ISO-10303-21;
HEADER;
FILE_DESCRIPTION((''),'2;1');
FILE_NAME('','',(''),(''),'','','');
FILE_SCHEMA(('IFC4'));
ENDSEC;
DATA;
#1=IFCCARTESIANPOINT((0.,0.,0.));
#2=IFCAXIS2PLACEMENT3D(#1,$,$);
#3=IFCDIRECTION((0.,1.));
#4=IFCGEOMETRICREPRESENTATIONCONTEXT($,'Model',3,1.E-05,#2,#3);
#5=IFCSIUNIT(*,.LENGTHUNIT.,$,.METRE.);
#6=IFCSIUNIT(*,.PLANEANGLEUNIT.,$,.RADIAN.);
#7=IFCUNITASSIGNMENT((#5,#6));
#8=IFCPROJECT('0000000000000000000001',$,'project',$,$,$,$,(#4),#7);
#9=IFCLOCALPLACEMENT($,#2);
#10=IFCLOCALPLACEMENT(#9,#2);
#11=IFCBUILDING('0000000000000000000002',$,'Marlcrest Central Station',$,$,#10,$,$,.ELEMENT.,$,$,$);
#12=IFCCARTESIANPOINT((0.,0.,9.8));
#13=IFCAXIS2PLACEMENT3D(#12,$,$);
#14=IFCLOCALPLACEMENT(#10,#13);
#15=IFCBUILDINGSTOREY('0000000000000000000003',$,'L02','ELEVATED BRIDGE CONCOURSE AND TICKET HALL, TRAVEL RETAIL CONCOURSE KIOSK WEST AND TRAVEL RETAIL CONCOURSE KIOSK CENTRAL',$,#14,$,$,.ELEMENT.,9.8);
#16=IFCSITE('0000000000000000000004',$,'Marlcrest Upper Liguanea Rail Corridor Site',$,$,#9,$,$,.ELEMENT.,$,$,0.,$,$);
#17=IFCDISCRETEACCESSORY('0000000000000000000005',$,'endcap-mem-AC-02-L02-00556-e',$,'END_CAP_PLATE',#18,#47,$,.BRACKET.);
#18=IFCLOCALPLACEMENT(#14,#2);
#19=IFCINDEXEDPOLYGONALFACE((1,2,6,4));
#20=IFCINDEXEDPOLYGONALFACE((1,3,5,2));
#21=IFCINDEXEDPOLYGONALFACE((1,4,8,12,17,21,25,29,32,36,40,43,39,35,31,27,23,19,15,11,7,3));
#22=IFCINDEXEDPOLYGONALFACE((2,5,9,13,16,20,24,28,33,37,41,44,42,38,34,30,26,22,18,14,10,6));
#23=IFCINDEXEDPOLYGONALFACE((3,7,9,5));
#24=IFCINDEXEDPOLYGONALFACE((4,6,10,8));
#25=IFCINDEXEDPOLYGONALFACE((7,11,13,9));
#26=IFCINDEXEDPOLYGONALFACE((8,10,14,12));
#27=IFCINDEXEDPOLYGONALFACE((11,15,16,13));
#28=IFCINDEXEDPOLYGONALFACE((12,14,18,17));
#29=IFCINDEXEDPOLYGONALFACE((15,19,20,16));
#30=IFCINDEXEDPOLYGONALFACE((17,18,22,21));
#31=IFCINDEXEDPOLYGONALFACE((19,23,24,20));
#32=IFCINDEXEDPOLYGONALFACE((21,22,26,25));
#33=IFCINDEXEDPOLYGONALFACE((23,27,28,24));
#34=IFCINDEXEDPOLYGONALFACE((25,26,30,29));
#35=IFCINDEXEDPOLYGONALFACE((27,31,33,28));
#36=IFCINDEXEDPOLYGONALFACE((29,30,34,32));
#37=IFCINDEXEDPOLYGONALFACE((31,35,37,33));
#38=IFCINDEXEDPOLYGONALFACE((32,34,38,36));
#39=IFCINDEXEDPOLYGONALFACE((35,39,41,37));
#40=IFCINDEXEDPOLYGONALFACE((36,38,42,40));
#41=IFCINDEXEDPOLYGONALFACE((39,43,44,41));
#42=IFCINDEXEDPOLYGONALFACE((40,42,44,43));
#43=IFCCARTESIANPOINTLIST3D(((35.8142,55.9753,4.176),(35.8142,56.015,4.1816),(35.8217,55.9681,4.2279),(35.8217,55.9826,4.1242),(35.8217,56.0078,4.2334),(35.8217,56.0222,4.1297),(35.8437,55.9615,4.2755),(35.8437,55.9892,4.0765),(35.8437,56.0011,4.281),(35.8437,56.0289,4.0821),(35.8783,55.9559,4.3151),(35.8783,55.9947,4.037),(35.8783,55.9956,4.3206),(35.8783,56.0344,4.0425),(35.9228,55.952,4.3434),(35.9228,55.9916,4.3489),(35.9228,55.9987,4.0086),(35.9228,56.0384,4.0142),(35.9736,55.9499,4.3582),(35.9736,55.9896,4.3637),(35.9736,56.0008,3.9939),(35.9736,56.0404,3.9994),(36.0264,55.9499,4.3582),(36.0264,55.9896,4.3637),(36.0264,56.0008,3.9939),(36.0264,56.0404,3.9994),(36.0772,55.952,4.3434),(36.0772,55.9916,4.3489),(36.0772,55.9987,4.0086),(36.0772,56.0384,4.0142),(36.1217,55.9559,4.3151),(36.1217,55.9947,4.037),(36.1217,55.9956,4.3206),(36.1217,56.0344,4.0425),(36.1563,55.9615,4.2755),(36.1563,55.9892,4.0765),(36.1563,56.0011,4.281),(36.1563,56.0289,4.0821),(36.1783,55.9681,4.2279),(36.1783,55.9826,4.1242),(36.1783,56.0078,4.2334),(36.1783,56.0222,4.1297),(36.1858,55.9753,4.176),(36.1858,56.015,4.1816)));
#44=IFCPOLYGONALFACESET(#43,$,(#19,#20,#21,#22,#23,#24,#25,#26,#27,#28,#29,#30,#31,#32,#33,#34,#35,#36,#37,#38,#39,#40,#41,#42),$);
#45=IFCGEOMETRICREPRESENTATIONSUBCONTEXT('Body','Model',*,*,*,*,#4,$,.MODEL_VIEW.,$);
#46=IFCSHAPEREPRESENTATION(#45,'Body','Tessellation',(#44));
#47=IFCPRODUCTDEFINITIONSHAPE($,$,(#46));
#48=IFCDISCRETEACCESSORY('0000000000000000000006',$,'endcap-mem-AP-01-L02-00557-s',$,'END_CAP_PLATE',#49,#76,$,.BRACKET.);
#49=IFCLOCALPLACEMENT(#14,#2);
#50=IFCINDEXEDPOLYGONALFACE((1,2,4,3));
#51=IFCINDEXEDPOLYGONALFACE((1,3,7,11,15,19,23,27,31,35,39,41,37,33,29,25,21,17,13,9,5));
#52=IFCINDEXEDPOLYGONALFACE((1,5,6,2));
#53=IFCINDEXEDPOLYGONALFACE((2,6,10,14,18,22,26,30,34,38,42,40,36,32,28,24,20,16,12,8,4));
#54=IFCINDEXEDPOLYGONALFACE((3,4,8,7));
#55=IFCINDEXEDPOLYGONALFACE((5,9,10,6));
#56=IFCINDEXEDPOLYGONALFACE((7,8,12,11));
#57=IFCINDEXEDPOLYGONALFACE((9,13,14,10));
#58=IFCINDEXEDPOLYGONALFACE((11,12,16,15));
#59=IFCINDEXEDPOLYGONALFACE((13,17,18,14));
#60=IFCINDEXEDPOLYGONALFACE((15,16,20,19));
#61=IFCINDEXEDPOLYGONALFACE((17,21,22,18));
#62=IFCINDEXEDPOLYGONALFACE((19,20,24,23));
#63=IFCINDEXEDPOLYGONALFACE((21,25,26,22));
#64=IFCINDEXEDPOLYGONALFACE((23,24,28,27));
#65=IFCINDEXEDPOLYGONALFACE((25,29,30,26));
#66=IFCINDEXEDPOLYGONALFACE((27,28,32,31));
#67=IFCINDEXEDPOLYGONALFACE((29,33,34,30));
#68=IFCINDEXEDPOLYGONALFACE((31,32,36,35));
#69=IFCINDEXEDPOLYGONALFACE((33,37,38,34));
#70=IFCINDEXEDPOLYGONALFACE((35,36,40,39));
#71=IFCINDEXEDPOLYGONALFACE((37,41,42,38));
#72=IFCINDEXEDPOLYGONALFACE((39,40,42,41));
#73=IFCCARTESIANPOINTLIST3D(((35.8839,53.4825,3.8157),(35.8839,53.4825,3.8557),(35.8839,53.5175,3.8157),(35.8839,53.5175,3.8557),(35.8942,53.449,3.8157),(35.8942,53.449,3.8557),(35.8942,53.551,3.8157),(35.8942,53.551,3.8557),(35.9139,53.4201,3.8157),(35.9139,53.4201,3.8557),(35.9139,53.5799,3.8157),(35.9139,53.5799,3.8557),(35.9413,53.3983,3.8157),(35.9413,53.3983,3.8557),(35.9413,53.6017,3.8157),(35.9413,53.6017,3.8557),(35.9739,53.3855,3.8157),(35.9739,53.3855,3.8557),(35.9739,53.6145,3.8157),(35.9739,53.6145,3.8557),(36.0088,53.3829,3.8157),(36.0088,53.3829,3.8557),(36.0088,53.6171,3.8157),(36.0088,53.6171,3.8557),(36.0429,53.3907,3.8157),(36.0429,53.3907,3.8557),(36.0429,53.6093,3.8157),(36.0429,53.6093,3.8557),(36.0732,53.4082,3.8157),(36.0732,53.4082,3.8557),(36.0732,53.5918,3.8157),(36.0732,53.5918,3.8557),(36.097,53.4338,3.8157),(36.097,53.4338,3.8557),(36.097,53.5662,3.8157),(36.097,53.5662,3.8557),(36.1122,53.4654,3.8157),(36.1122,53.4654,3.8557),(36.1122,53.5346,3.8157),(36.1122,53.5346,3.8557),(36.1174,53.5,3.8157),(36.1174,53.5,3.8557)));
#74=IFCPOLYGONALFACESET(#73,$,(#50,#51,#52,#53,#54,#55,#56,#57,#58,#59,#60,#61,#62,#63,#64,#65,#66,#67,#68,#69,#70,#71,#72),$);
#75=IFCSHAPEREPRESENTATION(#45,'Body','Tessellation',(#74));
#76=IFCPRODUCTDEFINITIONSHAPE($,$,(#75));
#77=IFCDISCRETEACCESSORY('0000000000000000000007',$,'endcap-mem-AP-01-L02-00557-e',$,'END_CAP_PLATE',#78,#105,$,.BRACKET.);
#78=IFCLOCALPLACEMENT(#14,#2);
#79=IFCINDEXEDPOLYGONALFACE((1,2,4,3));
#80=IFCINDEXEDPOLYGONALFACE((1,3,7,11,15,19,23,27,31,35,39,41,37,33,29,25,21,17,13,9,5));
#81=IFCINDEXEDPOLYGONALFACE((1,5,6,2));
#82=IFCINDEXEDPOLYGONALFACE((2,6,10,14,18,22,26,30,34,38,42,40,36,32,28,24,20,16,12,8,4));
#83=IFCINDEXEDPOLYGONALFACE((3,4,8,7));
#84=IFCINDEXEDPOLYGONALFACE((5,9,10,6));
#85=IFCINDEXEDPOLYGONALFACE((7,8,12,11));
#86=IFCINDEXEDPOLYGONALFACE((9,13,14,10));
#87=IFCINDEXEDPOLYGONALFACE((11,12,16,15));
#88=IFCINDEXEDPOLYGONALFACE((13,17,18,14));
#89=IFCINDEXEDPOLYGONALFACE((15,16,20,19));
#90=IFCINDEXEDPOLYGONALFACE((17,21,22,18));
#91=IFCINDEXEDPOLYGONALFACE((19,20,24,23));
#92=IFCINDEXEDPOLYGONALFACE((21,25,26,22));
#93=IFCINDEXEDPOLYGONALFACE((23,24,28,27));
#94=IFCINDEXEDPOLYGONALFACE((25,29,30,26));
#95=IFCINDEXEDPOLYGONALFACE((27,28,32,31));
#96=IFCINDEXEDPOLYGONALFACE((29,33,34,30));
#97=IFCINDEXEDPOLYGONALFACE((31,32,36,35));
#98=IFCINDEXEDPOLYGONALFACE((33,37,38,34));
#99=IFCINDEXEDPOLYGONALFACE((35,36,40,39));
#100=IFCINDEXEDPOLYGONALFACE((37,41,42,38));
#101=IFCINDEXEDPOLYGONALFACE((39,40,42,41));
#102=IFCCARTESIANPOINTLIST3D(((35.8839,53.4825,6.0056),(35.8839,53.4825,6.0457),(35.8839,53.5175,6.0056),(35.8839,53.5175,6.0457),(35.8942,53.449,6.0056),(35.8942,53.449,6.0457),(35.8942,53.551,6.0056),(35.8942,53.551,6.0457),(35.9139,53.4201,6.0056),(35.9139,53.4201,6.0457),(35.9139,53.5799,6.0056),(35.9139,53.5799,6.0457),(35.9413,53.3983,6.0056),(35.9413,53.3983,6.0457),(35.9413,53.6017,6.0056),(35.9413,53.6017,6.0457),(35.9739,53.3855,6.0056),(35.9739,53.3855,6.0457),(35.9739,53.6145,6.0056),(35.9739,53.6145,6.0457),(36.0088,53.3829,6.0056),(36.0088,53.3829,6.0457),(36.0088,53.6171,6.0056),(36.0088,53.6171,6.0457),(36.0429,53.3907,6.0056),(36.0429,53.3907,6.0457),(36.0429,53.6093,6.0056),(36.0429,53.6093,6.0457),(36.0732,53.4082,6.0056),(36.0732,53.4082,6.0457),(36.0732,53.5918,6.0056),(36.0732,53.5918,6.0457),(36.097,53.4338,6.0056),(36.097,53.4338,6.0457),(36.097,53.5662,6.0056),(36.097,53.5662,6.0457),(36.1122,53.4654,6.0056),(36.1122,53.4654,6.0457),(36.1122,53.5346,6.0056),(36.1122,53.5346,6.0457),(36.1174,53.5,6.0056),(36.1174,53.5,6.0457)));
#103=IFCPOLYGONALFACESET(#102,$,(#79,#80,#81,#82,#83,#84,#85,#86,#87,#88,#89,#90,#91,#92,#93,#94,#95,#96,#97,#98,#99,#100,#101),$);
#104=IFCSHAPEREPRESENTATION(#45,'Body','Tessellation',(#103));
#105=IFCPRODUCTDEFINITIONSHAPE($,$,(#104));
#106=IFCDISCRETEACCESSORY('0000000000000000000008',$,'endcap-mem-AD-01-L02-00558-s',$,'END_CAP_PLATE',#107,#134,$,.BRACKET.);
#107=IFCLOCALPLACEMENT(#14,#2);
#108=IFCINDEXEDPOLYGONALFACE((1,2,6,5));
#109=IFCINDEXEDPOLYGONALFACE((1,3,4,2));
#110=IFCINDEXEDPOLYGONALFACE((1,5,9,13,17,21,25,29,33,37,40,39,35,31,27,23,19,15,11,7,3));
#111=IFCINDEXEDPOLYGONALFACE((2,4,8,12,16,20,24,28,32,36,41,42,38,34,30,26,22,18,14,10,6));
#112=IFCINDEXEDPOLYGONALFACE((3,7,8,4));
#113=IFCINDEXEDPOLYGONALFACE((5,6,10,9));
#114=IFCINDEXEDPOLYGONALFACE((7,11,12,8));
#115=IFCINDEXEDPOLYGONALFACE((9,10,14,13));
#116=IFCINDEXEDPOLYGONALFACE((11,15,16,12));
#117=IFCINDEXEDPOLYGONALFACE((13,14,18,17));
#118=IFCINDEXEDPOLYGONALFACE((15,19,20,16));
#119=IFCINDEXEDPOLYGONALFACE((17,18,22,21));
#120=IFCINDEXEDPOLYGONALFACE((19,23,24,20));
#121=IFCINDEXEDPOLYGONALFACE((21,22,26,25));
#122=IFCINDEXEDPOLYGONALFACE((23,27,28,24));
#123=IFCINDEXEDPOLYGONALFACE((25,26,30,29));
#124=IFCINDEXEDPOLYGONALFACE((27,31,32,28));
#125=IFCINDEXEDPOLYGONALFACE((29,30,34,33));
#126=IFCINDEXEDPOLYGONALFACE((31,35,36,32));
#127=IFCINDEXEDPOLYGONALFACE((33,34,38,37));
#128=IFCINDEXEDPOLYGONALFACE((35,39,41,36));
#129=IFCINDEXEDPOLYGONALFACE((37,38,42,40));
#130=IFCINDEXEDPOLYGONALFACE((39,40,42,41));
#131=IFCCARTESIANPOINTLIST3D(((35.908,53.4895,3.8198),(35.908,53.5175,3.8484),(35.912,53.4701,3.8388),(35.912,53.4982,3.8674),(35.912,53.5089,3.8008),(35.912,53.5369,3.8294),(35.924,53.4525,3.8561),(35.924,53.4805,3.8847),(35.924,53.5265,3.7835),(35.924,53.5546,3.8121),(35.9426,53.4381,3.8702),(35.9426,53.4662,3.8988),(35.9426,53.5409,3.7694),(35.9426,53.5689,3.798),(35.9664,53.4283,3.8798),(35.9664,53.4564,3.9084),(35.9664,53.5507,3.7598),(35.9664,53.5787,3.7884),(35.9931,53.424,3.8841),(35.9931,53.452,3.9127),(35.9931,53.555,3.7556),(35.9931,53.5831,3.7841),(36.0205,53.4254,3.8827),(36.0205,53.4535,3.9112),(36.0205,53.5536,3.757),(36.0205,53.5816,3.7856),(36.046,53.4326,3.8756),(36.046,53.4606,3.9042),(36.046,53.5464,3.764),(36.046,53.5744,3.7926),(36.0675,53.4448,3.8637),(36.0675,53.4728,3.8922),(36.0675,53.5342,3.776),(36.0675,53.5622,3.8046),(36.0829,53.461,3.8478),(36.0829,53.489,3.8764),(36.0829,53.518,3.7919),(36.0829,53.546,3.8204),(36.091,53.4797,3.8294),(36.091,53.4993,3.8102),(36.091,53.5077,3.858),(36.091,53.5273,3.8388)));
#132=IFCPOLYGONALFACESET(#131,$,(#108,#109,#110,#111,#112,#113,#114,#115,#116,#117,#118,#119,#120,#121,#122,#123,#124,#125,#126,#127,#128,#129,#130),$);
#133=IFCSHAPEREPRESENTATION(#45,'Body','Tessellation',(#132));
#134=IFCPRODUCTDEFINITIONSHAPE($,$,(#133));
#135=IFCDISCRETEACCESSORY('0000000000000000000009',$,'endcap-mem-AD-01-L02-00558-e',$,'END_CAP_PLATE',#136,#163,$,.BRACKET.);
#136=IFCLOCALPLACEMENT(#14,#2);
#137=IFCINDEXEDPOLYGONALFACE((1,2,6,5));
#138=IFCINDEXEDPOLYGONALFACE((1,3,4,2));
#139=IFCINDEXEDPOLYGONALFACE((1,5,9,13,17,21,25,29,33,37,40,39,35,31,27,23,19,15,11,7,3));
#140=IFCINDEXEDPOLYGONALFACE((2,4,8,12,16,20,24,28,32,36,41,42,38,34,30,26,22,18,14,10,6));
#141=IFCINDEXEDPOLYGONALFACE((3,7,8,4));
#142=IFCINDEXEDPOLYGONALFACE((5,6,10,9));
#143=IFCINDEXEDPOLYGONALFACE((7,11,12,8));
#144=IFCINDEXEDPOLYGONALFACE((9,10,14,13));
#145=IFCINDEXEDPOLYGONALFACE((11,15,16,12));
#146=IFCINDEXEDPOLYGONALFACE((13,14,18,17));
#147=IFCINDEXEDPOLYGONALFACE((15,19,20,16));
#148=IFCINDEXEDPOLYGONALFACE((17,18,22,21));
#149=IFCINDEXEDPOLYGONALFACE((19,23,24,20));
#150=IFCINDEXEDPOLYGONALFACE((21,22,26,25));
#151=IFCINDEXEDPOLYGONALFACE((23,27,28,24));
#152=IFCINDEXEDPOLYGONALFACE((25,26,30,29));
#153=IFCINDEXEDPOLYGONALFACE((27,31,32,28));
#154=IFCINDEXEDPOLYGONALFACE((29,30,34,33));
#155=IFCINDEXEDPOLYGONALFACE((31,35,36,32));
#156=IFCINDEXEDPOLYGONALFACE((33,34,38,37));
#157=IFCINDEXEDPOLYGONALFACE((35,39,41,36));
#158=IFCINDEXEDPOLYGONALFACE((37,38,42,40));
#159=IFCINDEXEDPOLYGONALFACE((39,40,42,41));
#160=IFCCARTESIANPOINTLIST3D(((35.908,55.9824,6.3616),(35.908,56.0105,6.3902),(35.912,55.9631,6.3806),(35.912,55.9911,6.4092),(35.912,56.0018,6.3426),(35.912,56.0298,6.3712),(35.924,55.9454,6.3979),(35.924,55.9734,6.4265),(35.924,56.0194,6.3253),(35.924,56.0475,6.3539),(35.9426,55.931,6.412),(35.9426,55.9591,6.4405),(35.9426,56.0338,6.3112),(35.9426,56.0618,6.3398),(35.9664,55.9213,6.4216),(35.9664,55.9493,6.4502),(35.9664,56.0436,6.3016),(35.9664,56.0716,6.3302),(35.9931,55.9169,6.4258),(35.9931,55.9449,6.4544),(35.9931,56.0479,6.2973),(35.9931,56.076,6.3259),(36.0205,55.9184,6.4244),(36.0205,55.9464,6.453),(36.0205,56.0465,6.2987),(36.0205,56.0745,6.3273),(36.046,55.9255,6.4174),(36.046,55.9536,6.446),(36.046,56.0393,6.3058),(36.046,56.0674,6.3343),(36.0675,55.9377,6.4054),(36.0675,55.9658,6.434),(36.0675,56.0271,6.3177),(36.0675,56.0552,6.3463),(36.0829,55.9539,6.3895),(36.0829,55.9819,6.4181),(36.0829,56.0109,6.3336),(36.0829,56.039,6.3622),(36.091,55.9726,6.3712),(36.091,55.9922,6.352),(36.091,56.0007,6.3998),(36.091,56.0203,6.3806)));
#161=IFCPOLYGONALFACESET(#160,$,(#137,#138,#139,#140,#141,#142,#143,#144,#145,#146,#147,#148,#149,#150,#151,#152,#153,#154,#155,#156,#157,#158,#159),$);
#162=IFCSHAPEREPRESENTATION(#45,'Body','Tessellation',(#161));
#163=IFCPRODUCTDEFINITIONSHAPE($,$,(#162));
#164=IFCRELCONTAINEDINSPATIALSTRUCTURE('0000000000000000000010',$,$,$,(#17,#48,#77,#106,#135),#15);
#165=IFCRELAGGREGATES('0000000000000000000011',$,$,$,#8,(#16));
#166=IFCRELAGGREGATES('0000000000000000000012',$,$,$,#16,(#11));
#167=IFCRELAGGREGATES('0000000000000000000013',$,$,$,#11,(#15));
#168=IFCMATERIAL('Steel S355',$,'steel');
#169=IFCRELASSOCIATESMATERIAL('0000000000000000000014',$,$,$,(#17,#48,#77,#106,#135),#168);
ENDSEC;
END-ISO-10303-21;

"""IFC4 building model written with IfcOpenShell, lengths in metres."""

from ifc_helpers import new_model, si_unit, direction, frame, origin, origin_2d, place, context, subcontext, project, spatial, circle, extrude, material, element, save


model = new_model("IFC4")

# Units and contexts
model_context = context("Model", 3, precision=1e-05, world=origin(), true_north=direction((0.0, 1.0)))
body_context = subcontext(model_context, "Body", "Model", "MODEL_VIEW")
ifc_project = project(units=[si_unit("LENGTHUNIT", "METRE"), si_unit("PLANEANGLEUNIT", "RADIAN")], contexts=[model_context])

# Site, building, storey
site_placement = place(None, origin())
site = spatial("IfcSite", under=ifc_project, at=site_placement, Name="Marlcrest Upper Liguanea Rail Corridor Site", CompositionType="ELEMENT", RefElevation=0.0)
building_placement = place(site_placement, origin())
building = spatial("IfcBuilding", under=site, at=building_placement, Name="Marlcrest Central Station", CompositionType="ELEMENT")
storey_placement = place(building_placement, frame((0.0, 0.0, 9.8)))
storey = spatial("IfcBuildingStorey", under=building, at=storey_placement, Name="L02", Description="ELEVATED BRIDGE CONCOURSE AND TICKET HALL, TRAVEL RETAIL CONCOURSE KIOSK WEST AND TRAVEL RETAIL CONCOURSE KIOSK CENTRAL", CompositionType="ELEMENT", Elevation=9.8)

# Shared definitions
ifc_material = material(Name="Steel S355", Category="steel")

# Discrete accessories
for number, where, z_axis, x_axis, name in (
    (1, (36.0, 55.9753, 4.176), (0.0, 0.990403, 0.138211), (-1.0, 0.0, 0.0), "endcap-mem-AC-02-L02-00556-e"),
):
    element("IfcDiscreteAccessory", number, at=place(storey_placement, frame(where, z_axis=z_axis, x_axis=x_axis)), inside=storey, material=ifc_material, Name=name, ObjectType="END_CAP_PLATE", PredefinedType="BRACKET", context=body_context, shape_type="SweptSolid", body=[
        extrude(circle(Radius=0.1858, at=origin_2d()), origin(), (0.0, 0.0, 1.0), 0.04),
    ])
for number, where, z_axis, x_axis, name in (
    (2, (36.0, 53.5, 3.8157), (0.0, 0.0, 1.0), (1.0, 0.0, 0.0), "endcap-mem-AP-01-L02-00557-s"),
    (3, (36.0, 53.5, 6.0056), (0.0, 0.0, 1.0), (1.0, 0.0, 0.0), "endcap-mem-AP-01-L02-00557-e"),
):
    element("IfcDiscreteAccessory", number, at=place(storey_placement, frame(where, z_axis=z_axis, x_axis=x_axis)), inside=storey, material=ifc_material, Name=name, ObjectType="END_CAP_PLATE", PredefinedType="BRACKET", context=body_context, shape_type="SweptSolid", body=[
        extrude(circle(Radius=0.1174, at=origin_2d()), origin(), (0.0, 0.0, 1.0), 0.04),
    ])
for number, where, z_axis, x_axis, name in (
    (4, (36.0, 53.4895, 3.8198), (0.0, 0.700235, 0.713912), (-1.0, 0.0, 0.0), "endcap-mem-AD-01-L02-00558-s"),
    (5, (36.0, 55.9824, 6.3616), (0.0, 0.700235, 0.713912), (-1.0, 0.0, 0.0), "endcap-mem-AD-01-L02-00558-e"),
):
    element("IfcDiscreteAccessory", number, at=place(storey_placement, frame(where, z_axis=z_axis, x_axis=x_axis)), inside=storey, material=ifc_material, Name=name, ObjectType="END_CAP_PLATE", PredefinedType="BRACKET", context=body_context, shape_type="SweptSolid", body=[
        extrude(circle(Radius=0.092, at=origin_2d()), origin(), (0.0, 0.0, 1.0), 0.04),
    ])

save(model, "model.ifc")
